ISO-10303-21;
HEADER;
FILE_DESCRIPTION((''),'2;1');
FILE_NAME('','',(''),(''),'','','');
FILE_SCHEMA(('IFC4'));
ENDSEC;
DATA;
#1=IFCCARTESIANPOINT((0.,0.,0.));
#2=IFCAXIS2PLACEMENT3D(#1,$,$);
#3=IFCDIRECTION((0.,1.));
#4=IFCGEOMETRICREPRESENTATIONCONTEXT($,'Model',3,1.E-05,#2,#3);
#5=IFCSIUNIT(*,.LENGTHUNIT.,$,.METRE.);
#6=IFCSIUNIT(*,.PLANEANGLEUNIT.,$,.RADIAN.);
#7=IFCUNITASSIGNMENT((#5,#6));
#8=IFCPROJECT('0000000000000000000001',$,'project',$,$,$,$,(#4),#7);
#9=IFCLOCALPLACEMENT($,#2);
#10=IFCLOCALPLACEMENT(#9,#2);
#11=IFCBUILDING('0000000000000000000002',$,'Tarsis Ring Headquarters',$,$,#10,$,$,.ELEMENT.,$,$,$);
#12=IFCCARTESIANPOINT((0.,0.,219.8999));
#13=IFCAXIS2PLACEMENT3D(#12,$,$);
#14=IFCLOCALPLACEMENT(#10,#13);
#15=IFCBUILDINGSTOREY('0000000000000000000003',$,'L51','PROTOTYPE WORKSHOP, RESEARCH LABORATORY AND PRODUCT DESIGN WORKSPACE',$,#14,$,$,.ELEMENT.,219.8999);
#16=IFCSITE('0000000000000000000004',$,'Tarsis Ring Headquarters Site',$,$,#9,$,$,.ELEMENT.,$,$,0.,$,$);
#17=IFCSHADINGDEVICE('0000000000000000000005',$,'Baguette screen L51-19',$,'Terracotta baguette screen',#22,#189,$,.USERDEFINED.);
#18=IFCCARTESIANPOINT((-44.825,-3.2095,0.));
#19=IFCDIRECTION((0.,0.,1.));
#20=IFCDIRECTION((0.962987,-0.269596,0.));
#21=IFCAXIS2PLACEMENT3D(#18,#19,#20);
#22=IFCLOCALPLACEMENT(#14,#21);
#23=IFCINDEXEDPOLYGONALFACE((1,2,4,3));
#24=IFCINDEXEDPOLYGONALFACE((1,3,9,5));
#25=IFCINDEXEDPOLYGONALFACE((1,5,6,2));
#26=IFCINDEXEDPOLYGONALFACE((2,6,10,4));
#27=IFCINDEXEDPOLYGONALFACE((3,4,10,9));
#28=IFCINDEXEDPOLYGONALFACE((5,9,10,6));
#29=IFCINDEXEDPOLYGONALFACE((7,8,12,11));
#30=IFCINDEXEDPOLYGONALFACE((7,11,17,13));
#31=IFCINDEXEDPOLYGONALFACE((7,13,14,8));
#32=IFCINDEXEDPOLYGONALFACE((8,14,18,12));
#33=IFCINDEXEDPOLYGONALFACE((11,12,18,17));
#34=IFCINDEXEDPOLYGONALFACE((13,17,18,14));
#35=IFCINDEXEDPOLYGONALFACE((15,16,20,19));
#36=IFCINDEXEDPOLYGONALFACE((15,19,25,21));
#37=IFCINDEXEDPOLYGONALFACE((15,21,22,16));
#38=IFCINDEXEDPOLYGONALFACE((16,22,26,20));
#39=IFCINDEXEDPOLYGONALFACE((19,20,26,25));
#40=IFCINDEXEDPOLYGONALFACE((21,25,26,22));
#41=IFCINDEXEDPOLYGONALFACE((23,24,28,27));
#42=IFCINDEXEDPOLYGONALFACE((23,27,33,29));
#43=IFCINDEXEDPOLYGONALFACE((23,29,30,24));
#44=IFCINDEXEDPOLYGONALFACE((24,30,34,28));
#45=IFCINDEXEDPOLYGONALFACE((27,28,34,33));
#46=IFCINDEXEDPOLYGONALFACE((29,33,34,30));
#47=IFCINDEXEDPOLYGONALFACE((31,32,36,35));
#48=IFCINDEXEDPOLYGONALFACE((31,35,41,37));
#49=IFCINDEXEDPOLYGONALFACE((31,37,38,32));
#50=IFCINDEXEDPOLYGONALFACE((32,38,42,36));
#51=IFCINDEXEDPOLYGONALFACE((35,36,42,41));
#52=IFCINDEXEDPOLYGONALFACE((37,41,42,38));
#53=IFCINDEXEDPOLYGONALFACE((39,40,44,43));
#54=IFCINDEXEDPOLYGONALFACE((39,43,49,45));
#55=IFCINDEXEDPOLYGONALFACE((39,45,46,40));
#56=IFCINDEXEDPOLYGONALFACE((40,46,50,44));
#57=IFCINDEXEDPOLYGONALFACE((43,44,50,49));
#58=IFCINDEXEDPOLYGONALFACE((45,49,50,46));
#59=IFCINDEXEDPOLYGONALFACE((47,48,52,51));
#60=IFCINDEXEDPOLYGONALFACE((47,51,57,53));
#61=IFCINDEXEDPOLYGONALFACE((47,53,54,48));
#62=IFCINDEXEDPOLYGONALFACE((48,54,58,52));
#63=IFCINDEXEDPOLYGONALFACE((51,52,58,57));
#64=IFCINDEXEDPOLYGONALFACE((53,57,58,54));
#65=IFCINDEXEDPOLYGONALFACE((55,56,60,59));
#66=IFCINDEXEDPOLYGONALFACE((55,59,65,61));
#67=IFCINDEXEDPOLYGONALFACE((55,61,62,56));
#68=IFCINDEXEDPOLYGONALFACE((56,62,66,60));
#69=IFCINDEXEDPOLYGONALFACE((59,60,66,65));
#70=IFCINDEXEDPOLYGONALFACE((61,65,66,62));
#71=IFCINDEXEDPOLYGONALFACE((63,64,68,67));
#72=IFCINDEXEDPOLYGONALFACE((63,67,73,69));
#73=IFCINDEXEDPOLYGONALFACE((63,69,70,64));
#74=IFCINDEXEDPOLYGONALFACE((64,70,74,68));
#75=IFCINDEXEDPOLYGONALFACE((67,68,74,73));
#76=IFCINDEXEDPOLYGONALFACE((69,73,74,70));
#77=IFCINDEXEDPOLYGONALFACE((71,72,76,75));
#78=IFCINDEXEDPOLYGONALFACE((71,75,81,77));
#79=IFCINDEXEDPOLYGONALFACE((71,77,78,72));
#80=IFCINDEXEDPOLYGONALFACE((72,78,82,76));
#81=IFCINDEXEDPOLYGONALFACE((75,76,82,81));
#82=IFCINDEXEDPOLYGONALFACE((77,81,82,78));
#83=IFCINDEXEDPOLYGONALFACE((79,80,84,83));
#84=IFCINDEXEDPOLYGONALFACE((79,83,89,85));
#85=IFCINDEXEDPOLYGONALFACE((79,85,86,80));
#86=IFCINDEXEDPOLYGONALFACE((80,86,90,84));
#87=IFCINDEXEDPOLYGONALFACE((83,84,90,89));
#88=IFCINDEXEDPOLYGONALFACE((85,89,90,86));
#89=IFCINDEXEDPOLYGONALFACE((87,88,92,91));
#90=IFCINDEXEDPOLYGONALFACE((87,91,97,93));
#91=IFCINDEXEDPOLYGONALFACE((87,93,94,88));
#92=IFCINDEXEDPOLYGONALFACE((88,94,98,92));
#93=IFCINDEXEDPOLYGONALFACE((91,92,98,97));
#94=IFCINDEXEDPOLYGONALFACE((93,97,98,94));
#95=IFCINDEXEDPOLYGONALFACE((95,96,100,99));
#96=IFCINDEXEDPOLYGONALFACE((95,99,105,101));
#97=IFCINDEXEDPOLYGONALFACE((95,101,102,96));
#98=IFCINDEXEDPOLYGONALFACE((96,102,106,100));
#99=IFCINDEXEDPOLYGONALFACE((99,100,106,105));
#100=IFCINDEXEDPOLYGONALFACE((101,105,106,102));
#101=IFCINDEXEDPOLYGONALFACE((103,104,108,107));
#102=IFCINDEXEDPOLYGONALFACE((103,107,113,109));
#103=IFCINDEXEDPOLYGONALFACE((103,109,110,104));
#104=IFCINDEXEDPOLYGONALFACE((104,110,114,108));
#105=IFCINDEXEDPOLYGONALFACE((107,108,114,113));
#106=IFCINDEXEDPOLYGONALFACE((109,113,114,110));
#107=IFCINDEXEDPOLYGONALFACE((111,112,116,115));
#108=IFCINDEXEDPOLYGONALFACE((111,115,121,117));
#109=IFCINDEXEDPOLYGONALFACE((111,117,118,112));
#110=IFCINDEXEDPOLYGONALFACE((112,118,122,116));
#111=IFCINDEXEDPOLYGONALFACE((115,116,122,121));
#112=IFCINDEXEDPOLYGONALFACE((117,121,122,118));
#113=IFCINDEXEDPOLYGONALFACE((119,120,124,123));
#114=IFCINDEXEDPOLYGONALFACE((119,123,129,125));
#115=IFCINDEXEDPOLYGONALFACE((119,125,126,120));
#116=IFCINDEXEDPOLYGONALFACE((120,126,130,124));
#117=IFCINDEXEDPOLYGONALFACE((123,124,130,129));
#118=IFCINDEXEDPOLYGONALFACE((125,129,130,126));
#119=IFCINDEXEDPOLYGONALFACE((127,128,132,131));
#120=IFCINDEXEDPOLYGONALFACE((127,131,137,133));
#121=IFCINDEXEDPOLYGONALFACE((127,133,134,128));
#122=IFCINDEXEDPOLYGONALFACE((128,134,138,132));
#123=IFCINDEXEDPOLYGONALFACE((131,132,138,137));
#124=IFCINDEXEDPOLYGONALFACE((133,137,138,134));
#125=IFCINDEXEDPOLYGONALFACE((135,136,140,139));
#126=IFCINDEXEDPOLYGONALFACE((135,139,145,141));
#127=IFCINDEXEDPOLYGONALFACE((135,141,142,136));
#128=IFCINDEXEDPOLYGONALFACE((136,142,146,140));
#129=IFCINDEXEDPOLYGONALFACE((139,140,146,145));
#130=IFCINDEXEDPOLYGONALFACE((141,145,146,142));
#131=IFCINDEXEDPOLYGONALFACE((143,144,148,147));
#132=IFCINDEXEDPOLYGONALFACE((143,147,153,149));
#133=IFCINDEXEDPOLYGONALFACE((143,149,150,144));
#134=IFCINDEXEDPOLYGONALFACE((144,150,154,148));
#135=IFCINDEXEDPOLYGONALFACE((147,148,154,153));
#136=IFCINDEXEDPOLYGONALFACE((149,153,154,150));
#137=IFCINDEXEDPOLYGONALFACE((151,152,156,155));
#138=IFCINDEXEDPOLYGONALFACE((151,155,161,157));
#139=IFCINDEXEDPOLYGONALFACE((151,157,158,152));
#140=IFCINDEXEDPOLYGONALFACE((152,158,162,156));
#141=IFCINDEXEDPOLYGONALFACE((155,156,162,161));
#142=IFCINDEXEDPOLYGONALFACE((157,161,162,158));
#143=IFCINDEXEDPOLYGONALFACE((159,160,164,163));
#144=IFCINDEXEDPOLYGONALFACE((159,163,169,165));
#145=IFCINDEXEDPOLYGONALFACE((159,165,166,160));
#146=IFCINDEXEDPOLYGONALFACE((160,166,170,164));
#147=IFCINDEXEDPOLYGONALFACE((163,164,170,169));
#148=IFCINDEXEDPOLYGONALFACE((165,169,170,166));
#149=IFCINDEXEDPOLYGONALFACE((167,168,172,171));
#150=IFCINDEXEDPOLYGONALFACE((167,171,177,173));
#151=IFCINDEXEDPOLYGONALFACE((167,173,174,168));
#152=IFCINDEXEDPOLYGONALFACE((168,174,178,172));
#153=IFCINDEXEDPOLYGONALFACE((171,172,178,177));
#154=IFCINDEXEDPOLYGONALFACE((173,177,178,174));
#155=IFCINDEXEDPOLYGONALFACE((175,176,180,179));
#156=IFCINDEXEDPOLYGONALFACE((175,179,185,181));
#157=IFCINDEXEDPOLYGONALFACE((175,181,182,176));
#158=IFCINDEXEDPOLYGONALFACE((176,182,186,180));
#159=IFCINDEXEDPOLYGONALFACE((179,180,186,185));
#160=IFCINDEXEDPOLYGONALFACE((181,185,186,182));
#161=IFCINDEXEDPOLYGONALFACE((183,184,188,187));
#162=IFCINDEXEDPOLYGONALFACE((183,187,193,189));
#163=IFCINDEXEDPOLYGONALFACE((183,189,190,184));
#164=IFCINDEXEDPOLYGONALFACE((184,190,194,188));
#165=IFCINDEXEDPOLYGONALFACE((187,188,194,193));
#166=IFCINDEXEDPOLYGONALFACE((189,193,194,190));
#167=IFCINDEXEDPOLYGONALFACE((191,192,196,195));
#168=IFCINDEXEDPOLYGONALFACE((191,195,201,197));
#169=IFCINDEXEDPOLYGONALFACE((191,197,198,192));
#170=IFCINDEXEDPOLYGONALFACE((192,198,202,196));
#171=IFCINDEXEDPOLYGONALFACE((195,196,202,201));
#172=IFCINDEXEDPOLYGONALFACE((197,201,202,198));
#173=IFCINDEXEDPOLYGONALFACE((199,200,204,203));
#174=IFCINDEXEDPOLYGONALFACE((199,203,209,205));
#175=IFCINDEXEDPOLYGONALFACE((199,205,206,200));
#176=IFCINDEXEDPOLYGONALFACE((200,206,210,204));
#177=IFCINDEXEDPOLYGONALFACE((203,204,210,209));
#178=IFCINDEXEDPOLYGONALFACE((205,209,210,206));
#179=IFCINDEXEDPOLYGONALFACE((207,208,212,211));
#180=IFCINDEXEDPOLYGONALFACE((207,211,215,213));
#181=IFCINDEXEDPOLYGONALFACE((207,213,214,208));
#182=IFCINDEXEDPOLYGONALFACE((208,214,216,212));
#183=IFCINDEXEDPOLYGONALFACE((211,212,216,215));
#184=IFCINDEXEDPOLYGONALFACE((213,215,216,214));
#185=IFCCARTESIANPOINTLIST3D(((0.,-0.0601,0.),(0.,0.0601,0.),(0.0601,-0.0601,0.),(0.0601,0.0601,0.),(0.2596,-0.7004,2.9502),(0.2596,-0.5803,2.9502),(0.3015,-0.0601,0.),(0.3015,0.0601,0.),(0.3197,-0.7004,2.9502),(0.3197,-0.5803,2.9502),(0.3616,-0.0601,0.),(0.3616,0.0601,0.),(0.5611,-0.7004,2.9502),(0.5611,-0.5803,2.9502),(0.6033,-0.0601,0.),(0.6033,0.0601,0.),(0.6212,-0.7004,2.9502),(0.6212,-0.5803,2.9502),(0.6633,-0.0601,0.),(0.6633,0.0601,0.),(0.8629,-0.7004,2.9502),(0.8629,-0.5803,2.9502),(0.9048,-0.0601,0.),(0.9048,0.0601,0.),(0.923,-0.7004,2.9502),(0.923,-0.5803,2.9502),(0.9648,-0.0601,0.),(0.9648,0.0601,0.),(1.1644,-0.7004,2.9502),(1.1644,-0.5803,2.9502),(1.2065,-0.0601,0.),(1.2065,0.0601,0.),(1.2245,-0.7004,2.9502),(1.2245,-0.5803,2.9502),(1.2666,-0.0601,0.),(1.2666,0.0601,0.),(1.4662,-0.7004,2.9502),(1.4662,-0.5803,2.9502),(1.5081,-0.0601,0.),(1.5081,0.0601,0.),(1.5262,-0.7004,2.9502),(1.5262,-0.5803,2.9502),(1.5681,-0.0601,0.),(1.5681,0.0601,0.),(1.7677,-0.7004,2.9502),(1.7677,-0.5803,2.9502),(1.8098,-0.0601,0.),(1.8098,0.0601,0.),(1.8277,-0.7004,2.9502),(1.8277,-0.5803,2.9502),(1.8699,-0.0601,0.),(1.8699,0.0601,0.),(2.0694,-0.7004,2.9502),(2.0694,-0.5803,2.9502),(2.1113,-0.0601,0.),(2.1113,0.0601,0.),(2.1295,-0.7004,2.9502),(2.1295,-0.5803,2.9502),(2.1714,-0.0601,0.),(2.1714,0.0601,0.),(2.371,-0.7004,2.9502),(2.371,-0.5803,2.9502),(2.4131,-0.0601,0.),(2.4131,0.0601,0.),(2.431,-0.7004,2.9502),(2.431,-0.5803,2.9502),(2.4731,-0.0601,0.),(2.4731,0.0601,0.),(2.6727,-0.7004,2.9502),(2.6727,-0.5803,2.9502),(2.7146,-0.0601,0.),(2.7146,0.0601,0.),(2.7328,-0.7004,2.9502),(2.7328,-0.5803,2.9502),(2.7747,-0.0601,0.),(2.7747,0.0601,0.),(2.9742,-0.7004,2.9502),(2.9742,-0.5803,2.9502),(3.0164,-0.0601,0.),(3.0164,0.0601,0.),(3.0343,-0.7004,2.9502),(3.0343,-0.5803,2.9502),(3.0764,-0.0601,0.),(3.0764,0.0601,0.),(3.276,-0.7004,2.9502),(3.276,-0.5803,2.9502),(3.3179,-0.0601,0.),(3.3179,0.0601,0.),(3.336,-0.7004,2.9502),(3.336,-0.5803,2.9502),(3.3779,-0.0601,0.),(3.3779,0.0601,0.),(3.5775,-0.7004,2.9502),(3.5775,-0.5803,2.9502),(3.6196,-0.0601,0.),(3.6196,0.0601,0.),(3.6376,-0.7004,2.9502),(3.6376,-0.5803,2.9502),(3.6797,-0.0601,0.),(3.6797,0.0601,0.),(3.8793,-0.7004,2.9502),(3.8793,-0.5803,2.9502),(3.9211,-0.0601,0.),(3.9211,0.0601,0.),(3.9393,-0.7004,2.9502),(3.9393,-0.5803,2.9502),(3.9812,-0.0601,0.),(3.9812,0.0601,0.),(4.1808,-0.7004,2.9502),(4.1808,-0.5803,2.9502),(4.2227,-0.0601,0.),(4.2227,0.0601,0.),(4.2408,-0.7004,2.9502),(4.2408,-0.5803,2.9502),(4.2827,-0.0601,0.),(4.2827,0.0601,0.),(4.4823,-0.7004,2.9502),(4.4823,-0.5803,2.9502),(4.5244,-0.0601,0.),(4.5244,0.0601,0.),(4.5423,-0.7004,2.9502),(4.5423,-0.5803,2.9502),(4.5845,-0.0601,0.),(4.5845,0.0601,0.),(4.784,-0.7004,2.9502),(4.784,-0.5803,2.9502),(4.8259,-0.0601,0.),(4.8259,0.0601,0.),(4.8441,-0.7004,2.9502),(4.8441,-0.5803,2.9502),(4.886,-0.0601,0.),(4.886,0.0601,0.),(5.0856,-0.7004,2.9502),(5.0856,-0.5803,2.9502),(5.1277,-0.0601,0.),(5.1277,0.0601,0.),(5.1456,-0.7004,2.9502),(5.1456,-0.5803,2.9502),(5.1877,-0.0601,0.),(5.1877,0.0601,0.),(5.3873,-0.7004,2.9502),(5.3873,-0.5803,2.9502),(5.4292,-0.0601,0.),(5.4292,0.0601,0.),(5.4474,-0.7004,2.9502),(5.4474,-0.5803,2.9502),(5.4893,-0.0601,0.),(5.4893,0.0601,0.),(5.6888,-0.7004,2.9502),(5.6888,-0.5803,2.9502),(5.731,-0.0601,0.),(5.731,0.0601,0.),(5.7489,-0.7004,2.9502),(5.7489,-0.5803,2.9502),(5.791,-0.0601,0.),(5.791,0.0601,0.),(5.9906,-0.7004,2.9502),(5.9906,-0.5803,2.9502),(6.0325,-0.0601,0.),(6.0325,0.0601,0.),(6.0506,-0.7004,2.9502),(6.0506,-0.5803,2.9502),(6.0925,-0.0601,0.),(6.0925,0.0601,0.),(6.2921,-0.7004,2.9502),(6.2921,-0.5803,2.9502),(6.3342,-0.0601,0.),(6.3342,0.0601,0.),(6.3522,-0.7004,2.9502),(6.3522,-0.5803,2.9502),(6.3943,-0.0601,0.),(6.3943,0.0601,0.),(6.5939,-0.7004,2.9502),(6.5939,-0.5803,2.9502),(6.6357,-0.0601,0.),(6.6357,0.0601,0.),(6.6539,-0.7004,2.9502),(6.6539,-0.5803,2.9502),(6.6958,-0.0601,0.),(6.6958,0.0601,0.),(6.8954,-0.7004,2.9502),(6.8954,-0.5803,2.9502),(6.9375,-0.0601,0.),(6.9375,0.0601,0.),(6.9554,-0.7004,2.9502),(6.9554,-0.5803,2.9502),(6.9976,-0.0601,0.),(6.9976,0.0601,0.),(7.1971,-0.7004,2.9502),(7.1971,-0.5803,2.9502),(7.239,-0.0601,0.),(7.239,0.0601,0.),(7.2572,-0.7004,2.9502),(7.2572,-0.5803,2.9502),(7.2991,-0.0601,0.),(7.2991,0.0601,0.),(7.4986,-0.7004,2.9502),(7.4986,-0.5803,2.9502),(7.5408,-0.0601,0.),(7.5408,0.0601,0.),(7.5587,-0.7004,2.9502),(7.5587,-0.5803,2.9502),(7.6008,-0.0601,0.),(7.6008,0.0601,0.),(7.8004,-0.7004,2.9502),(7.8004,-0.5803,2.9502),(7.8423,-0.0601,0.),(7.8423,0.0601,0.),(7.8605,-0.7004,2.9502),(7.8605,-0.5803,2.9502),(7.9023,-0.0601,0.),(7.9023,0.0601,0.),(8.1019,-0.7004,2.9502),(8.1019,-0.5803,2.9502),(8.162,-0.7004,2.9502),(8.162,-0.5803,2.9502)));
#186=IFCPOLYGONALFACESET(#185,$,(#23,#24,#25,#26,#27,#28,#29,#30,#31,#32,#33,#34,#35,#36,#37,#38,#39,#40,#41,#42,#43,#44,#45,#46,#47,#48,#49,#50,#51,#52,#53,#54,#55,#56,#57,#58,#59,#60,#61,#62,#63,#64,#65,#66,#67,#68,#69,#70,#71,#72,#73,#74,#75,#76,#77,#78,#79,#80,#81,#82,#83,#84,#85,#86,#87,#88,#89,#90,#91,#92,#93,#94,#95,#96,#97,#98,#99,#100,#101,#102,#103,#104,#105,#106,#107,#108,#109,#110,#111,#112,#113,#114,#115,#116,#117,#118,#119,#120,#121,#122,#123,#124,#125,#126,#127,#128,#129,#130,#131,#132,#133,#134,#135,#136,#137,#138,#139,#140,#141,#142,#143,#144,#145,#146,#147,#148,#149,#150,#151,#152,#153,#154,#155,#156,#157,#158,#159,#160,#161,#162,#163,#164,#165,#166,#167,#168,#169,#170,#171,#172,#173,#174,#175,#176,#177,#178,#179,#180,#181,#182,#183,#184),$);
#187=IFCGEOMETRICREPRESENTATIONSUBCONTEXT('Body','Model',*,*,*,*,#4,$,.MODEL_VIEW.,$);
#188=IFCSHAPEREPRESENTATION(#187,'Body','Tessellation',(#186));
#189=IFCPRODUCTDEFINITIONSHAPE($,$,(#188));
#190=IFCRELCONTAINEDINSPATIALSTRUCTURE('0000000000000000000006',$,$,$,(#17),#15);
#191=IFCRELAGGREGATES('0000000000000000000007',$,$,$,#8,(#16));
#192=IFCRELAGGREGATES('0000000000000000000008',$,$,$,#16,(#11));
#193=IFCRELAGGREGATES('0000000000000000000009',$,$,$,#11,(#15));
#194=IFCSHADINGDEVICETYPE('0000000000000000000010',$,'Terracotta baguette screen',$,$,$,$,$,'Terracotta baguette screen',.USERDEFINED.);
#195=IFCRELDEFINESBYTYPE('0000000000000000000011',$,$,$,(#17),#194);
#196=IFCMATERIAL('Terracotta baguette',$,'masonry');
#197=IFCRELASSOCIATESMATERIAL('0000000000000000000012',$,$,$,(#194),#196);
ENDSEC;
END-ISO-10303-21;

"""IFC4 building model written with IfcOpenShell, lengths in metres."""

from ifc_helpers import new_model, si_unit, direction, frame, frame_2d, origin, place, context, subcontext, project, spatial, rectangle, composite_profile, extrude, material, type_object, element, save


model = new_model("IFC4")

# Units and contexts
model_context = context("Model", 3, precision=1e-05, world=origin(), true_north=direction((0.0, 1.0)))
body_context = subcontext(model_context, "Body", "Model", "MODEL_VIEW")
ifc_project = project(units=[si_unit("LENGTHUNIT", "METRE"), si_unit("PLANEANGLEUNIT", "RADIAN")], contexts=[model_context])

# Site, building, storey
site_placement = place(None, origin())
site = spatial("IfcSite", under=ifc_project, at=site_placement, Name="Tarsis Ring Headquarters Site", CompositionType="ELEMENT", RefElevation=0.0)
building_placement = place(site_placement, origin())
building = spatial("IfcBuilding", under=site, at=building_placement, Name="Tarsis Ring Headquarters", CompositionType="ELEMENT")
storey_placement = place(building_placement, frame((0.0, 0.0, 219.8999)))
storey = spatial("IfcBuildingStorey", under=building, at=storey_placement, Name="L51", Description="PROTOTYPE WORKSHOP, RESEARCH LABORATORY AND PRODUCT DESIGN WORKSPACE", CompositionType="ELEMENT", Elevation=219.8999)

# Shading device
ifc_material_1 = material(Name="Terracotta baguette", Category="masonry")
shading_device_type_1 = type_object("IfcShadingDeviceType", Name="Terracotta baguette screen", ElementType="Terracotta baguette screen", PredefinedType="USERDEFINED", material=ifc_material_1)
shading_device_placement = place(storey_placement, frame((-44.825, -3.2095, 0.0), z_axis=(0.0, 0.0, 1.0), x_axis=(0.962987, -0.269596, 0.0)))
element("IfcShadingDevice", 1, at=shading_device_placement, inside=storey, type_object=shading_device_type_1, Name="Baguette screen L51-19", ObjectType="Terracotta baguette screen", PredefinedType="USERDEFINED", context=body_context, shape_type="SweptSolid", body=[
    extrude(composite_profile([rectangle(XDim=0.0601, YDim=0.1201, at=frame_2d((0.03, 0.0))), rectangle(XDim=0.0601, YDim=0.1201, at=frame_2d((0.3315, 0.0))), rectangle(XDim=0.0601, YDim=0.1201, at=frame_2d((0.6333, 0.0))), rectangle(XDim=0.0601, YDim=0.1201, at=frame_2d((0.9348, 0.0))), rectangle(XDim=0.0601, YDim=0.1201, at=frame_2d((1.2366, 0.0))), rectangle(XDim=0.0601, YDim=0.1201, at=frame_2d((1.5381, 0.0))), rectangle(XDim=0.0601, YDim=0.1201, at=frame_2d((1.8398, 0.0))), rectangle(XDim=0.0601, YDim=0.1201, at=frame_2d((2.1414, 0.0))), rectangle(XDim=0.0601, YDim=0.1201, at=frame_2d((2.4431, 0.0))), rectangle(XDim=0.0601, YDim=0.1201, at=frame_2d((2.7446, 0.0))), rectangle(XDim=0.0601, YDim=0.1201, at=frame_2d((3.0464, 0.0))), rectangle(XDim=0.0601, YDim=0.1201, at=frame_2d((3.3479, 0.0))), rectangle(XDim=0.0601, YDim=0.1201, at=frame_2d((3.6497, 0.0))), rectangle(XDim=0.0601, YDim=0.1201, at=frame_2d((3.9512, 0.0))), rectangle(XDim=0.0601, YDim=0.1201, at=frame_2d((4.2527, 0.0))), rectangle(XDim=0.0601, YDim=0.1201, at=frame_2d((4.5544, 0.0))), rectangle(XDim=0.0601, YDim=0.1201, at=frame_2d((4.856, 0.0))), rectangle(XDim=0.0601, YDim=0.1201, at=frame_2d((5.1577, 0.0))), rectangle(XDim=0.0601, YDim=0.1201, at=frame_2d((5.4592, 0.0))), rectangle(XDim=0.0601, YDim=0.1201, at=frame_2d((5.761, 0.0))), rectangle(XDim=0.0601, YDim=0.1201, at=frame_2d((6.0625, 0.0))), rectangle(XDim=0.0601, YDim=0.1201, at=frame_2d((6.3643, 0.0))), rectangle(XDim=0.0601, YDim=0.1201, at=frame_2d((6.6658, 0.0))), rectangle(XDim=0.0601, YDim=0.1201, at=frame_2d((6.9675, 0.0))), rectangle(XDim=0.0601, YDim=0.1201, at=frame_2d((7.269, 0.0))), rectangle(XDim=0.0601, YDim=0.1201, at=frame_2d((7.5708, 0.0))), rectangle(XDim=0.0601, YDim=0.1201, at=frame_2d((7.8723, 0.0)))]), origin(), (0.085686, -0.211347, 0.973648), 3.03),
])

save(model, "model.ifc")
